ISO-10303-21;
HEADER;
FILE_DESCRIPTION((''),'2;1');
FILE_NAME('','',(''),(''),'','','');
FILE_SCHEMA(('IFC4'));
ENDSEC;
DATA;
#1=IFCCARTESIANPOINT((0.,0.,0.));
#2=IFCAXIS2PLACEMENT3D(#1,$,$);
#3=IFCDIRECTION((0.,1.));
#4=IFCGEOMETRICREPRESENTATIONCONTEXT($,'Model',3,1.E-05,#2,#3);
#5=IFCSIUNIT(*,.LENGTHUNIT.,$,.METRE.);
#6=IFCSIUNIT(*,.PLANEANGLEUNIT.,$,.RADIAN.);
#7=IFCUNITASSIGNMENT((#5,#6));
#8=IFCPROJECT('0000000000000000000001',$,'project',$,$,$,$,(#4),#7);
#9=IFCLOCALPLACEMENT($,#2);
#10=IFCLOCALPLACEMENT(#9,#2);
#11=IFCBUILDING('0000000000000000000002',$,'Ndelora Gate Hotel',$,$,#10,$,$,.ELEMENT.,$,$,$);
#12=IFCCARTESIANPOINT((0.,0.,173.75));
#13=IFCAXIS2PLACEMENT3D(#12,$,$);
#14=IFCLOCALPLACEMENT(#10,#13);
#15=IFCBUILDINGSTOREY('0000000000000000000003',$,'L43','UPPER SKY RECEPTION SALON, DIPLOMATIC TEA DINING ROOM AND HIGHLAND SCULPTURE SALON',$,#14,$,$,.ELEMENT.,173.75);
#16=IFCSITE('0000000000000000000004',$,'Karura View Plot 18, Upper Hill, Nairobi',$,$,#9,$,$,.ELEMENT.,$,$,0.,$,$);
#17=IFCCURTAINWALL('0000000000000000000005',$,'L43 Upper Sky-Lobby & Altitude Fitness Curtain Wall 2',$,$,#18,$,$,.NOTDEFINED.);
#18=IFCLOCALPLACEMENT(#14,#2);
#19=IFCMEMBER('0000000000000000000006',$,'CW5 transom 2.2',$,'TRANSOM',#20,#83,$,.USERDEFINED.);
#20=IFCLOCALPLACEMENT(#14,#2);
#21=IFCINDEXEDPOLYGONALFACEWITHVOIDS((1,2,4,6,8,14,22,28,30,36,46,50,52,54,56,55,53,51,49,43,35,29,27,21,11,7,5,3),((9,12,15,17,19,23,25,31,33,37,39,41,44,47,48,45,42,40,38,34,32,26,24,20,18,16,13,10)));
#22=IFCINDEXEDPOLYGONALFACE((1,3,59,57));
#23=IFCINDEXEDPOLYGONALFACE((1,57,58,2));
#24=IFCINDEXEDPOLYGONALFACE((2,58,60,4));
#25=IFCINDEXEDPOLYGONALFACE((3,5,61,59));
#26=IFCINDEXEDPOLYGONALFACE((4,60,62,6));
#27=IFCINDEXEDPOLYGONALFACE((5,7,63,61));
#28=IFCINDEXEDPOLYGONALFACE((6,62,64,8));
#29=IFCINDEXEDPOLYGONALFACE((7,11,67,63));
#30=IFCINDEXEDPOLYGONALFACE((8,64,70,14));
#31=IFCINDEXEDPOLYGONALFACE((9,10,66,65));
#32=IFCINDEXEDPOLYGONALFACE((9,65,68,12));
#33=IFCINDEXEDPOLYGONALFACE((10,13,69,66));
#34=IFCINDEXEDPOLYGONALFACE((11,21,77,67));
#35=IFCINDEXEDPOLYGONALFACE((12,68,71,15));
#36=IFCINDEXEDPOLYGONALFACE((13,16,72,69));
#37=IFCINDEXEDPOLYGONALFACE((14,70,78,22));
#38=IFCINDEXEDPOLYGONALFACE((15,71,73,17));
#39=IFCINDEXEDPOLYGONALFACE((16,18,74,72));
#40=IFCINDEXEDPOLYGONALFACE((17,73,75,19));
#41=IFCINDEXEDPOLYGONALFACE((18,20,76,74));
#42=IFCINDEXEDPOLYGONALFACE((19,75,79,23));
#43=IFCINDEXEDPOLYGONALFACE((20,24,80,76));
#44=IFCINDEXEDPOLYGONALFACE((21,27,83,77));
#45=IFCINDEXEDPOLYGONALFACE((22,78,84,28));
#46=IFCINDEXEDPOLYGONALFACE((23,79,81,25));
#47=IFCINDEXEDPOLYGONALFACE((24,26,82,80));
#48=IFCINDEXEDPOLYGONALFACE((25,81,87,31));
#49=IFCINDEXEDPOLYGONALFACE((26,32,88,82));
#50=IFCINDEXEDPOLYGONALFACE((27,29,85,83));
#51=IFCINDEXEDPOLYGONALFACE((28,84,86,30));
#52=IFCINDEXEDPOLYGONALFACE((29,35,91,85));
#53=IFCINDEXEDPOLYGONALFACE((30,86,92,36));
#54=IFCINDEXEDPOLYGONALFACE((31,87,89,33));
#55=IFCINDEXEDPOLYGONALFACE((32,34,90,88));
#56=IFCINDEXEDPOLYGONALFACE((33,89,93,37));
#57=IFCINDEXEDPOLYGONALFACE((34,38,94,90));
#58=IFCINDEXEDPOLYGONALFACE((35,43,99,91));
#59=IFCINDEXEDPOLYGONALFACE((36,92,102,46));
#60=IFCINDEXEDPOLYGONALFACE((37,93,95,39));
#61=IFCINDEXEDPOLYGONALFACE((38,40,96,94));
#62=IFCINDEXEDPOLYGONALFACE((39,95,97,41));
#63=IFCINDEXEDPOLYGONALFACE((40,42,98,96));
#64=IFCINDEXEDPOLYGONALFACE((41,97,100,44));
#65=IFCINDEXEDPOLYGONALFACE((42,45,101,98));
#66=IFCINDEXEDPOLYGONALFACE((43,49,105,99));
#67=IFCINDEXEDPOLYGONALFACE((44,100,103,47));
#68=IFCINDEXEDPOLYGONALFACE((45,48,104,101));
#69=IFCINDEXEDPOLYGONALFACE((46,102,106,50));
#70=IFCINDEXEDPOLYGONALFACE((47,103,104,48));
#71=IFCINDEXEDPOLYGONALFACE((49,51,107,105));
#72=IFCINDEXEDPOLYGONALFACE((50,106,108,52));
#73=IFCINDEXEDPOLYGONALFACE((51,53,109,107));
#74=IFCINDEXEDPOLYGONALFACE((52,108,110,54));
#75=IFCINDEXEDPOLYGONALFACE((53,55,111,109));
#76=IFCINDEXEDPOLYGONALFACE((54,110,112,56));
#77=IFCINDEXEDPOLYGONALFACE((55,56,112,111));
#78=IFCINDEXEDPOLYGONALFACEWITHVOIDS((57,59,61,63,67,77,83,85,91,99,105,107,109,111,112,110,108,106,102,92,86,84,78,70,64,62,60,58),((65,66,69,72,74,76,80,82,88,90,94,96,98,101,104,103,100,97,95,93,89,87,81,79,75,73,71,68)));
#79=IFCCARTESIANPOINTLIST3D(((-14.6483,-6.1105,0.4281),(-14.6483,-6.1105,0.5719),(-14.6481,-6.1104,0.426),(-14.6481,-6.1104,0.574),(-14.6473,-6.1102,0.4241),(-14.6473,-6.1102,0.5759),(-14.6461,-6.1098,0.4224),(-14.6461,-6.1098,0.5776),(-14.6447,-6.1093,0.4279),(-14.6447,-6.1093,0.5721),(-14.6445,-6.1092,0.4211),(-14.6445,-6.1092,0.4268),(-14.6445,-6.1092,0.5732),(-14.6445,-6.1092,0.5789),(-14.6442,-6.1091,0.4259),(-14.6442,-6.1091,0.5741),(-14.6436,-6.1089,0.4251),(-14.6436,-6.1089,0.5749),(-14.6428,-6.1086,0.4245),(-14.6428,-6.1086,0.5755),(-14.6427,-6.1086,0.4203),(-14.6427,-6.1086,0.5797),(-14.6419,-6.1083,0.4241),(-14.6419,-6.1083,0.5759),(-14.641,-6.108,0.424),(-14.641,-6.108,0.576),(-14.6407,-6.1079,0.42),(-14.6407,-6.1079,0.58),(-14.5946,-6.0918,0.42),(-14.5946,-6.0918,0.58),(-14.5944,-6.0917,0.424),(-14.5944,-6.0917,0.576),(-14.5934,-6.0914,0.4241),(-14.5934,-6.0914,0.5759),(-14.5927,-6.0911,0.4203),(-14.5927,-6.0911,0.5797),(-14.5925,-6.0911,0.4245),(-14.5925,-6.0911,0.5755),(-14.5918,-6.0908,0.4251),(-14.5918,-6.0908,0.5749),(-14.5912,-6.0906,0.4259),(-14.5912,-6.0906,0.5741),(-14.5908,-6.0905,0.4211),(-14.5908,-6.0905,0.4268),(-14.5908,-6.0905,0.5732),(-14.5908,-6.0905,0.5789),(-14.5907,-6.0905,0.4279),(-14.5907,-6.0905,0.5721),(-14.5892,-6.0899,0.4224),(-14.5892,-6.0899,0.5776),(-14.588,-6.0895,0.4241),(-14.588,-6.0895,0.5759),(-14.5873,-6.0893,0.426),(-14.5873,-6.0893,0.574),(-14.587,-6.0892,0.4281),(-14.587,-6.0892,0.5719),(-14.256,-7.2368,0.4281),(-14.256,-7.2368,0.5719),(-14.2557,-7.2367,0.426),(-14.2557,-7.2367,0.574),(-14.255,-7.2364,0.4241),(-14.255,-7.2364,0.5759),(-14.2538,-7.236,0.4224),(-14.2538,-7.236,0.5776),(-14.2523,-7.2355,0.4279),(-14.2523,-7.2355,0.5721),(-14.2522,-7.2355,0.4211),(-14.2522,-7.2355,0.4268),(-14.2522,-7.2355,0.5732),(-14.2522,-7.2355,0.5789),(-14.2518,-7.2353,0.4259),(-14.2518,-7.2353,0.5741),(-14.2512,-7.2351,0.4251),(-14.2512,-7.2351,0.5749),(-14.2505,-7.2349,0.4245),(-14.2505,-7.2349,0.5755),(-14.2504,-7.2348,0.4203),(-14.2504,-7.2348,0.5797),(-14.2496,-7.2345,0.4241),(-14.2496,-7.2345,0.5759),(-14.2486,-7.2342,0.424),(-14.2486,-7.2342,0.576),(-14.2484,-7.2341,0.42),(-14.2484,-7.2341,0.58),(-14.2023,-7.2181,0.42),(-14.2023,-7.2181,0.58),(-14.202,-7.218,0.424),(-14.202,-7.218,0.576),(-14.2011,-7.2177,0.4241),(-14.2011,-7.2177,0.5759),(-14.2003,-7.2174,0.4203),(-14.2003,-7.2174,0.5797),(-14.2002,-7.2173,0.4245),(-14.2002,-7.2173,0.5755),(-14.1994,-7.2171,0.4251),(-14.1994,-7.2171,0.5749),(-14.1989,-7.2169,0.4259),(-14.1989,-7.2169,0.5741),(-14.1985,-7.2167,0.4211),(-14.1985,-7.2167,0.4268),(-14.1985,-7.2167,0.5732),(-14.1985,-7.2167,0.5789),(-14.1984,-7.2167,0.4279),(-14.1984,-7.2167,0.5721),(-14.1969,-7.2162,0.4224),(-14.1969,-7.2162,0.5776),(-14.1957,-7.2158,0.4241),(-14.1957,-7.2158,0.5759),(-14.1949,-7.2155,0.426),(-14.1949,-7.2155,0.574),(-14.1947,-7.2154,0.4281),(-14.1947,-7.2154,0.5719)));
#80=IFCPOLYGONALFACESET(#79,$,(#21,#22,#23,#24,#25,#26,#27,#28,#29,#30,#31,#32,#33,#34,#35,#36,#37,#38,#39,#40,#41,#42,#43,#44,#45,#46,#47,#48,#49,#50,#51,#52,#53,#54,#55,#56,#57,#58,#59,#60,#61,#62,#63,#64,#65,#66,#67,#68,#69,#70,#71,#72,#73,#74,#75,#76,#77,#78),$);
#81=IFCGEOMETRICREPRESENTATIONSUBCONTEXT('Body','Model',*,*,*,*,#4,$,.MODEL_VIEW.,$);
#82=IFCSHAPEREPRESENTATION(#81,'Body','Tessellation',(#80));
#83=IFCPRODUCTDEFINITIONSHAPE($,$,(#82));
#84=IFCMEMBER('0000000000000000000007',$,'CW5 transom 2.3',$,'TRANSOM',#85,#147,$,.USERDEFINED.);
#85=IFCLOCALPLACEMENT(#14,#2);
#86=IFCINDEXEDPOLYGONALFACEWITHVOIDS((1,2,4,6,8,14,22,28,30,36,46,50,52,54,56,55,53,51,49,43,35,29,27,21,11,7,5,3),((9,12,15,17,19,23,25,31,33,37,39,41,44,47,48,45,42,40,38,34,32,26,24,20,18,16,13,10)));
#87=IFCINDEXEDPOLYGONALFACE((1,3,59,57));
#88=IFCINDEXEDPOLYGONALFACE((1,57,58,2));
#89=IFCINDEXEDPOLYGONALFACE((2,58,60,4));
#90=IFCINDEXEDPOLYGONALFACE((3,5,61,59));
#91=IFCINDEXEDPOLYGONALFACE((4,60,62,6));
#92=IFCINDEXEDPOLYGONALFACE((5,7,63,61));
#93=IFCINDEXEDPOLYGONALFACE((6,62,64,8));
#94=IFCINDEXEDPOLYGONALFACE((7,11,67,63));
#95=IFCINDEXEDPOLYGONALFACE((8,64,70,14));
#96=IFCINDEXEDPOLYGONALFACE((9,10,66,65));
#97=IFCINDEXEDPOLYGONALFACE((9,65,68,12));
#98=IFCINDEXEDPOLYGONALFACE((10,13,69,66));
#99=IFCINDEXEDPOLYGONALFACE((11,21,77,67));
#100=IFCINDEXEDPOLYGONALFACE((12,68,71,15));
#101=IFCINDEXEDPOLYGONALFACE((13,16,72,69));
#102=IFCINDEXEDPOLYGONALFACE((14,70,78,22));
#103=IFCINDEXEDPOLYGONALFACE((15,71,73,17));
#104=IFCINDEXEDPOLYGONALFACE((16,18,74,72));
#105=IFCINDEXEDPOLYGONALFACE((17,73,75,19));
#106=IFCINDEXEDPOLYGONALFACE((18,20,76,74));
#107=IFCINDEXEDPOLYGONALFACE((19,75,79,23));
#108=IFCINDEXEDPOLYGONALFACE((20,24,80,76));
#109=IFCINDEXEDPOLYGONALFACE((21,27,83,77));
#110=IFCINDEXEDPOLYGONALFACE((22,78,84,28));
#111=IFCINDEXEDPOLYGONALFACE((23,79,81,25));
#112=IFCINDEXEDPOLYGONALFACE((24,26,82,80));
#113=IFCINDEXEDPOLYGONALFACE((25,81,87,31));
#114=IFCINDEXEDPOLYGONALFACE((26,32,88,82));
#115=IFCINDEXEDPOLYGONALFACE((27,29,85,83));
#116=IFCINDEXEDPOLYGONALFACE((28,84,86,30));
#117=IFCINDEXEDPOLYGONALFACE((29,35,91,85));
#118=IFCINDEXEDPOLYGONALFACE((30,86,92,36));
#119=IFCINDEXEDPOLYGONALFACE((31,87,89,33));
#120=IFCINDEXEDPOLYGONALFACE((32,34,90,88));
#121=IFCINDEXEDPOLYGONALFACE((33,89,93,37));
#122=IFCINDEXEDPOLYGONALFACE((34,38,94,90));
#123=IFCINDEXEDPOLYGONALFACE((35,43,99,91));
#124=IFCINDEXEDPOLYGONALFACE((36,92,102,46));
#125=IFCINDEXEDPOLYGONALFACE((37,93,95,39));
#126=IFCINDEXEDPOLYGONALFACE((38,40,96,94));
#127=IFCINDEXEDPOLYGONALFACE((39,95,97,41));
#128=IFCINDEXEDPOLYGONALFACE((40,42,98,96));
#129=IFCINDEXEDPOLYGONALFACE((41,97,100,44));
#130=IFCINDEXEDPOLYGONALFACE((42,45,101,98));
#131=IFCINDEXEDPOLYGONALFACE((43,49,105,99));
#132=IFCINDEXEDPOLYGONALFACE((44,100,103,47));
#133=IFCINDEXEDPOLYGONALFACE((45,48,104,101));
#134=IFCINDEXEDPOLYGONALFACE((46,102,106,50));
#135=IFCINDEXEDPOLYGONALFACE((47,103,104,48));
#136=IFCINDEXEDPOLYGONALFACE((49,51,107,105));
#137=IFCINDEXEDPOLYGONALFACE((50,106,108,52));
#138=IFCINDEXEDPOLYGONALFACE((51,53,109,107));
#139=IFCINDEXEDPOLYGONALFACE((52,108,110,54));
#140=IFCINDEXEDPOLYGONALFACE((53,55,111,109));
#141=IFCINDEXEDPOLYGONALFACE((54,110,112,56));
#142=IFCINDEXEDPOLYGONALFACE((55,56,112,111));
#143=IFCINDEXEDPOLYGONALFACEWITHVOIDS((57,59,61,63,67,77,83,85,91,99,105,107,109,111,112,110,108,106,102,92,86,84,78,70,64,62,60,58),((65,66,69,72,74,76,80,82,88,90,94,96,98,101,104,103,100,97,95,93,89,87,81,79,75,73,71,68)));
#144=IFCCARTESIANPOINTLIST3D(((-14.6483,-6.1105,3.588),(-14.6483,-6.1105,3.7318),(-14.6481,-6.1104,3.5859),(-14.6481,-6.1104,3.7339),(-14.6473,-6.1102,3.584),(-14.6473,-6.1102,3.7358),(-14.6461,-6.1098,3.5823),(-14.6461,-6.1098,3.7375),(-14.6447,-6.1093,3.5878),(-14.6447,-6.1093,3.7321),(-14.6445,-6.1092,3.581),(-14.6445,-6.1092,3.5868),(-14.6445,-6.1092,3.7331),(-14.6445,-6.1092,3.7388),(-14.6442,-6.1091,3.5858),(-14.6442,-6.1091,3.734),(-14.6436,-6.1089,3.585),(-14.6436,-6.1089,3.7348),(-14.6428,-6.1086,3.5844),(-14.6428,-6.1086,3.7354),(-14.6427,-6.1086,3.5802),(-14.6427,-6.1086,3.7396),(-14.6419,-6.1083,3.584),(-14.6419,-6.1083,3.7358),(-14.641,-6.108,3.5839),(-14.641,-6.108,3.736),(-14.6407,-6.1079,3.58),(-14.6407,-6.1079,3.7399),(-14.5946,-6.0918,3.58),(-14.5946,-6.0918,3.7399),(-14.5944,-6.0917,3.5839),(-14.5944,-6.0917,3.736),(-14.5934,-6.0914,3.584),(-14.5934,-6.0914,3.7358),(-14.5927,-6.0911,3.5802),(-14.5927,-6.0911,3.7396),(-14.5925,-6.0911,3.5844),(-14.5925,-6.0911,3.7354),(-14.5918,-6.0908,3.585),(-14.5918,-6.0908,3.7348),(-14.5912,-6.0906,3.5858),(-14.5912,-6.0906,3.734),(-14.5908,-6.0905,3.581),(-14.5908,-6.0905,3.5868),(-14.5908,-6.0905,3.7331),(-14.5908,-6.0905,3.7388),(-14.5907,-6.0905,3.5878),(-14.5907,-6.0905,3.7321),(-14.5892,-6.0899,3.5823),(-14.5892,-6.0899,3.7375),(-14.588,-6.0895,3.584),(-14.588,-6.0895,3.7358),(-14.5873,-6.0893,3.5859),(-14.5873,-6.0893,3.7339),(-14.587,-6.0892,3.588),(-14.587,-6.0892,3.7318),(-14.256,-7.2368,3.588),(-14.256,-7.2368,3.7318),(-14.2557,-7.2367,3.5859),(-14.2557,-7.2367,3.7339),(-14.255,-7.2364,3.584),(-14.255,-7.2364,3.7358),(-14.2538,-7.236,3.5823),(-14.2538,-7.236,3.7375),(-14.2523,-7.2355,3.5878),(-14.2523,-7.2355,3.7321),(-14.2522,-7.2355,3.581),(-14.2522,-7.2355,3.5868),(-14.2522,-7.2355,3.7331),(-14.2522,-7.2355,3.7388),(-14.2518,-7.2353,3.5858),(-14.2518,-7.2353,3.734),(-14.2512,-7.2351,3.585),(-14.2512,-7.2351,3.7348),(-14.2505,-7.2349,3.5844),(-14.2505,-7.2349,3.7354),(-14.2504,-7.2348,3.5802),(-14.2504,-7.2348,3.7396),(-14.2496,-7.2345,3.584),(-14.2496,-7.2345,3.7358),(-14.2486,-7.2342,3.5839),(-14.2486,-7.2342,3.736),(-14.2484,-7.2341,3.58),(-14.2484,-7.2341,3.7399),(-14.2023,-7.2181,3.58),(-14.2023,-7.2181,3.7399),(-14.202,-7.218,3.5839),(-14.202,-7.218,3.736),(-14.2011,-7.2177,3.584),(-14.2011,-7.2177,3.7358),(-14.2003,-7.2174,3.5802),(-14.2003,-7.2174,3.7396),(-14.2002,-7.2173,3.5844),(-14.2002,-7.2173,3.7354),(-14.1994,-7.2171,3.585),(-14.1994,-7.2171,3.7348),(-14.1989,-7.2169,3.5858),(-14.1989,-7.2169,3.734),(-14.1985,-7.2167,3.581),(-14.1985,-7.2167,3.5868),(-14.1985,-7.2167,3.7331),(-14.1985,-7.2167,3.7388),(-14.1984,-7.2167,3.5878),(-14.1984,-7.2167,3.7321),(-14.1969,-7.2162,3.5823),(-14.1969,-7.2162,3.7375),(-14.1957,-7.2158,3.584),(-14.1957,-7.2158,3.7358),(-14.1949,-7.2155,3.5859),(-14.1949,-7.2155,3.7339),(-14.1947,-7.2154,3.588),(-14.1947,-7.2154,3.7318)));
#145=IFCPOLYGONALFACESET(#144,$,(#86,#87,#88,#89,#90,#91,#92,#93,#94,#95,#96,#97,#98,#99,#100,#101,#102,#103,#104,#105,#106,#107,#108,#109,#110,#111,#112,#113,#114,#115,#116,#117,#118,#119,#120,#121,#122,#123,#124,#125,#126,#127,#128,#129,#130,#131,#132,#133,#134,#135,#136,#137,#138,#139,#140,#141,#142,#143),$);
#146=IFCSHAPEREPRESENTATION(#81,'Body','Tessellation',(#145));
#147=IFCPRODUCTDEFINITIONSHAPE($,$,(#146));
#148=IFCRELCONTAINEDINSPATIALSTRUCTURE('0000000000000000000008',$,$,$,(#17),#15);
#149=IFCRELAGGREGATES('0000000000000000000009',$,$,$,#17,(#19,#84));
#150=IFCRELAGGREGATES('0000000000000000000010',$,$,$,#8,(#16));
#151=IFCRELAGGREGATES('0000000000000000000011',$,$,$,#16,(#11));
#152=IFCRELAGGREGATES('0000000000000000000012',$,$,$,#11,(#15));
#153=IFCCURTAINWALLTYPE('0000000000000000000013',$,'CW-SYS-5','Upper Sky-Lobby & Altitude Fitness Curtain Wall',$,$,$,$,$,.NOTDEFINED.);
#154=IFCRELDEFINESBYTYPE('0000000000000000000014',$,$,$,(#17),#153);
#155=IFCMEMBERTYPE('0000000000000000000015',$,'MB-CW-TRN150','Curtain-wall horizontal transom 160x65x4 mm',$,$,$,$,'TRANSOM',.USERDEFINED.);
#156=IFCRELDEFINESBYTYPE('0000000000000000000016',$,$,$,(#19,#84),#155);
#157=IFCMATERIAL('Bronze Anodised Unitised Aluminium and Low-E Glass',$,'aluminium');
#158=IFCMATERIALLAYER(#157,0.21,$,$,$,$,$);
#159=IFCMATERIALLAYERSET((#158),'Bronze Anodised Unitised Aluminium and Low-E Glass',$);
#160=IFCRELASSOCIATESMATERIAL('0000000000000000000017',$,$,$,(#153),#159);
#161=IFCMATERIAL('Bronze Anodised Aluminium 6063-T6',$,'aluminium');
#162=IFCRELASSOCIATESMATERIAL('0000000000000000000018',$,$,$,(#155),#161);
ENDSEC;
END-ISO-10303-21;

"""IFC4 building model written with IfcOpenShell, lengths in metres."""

from ifc_helpers import new_model, si_unit, direction, frame, origin, origin_2d, place, context, subcontext, project, spatial, hollow_rectangle, extrude, material, layer, layer_set, material_profile, profile_set, type_object, element, aggregate, save


model = new_model("IFC4")

# Units and contexts
model_context = context("Model", 3, precision=1e-05, world=origin(), true_north=direction((0.0, 1.0)))
body_context = subcontext(model_context, "Body", "Model", "MODEL_VIEW")
ifc_project = project(units=[si_unit("LENGTHUNIT", "METRE"), si_unit("PLANEANGLEUNIT", "RADIAN")], contexts=[model_context])

# Site, building, storey
site_placement = place(None, origin())
site = spatial("IfcSite", under=ifc_project, at=site_placement, Name="Karura View Plot 18, Upper Hill, Nairobi", CompositionType="ELEMENT", RefElevation=0.0)
building_placement = place(site_placement, origin())
building = spatial("IfcBuilding", under=site, at=building_placement, Name="Ndelora Gate Hotel", CompositionType="ELEMENT")
storey_placement = place(building_placement, frame((0.0, 0.0, 173.75)))
storey = spatial("IfcBuildingStorey", under=building, at=storey_placement, Name="L43", Description="UPPER SKY RECEPTION SALON, DIPLOMATIC TEA DINING ROOM AND HIGHLAND SCULPTURE SALON", CompositionType="ELEMENT", Elevation=173.75)

# Curtain wall, members
ifc_material_1 = material(Name="Bronze Anodised Unitised Aluminium and Low-E Glass", Category="aluminium")
ifc_layer_1 = layer(ifc_material_1, 0.21)
ifc_layer_set_1 = layer_set([ifc_layer_1], Name="Bronze Anodised Unitised Aluminium and Low-E Glass")
curtain_wall_type = type_object("IfcCurtainWallType", Name="CW-SYS-5", Description="Upper Sky-Lobby & Altitude Fitness Curtain Wall", PredefinedType="NOTDEFINED", material=ifc_layer_set_1)
curtain_wall_placement = place(storey_placement, origin())
curtain_wall = element("IfcCurtainWall", 1, at=curtain_wall_placement, inside=storey, type_object=curtain_wall_type, Name="L43 Upper Sky-Lobby & Altitude Fitness Curtain Wall 2", PredefinedType="NOTDEFINED")
ifc_material_2 = material(Name="Bronze Anodised Aluminium 6063-T6", Category="aluminium")
ifc_material_profile_1 = material_profile(ifc_material_2, hollow_rectangle(XDim=0.0649, YDim=0.1599, WallThickness=0.0039, InnerFilletRadius=0.0039, OuterFilletRadius=0.0081, at=origin_2d()), Name="ALU 160x65x4")
ifc_profile_set_1 = profile_set([ifc_material_profile_1], Name="Bronze Anodised Aluminium 6063-T6")
member_type_1 = type_object("IfcMemberType", Name="MB-CW-TRN150", Description="Curtain-wall horizontal transom 160x65x4 mm", ElementType="TRANSOM", PredefinedType="USERDEFINED", material=ifc_profile_set_1)
member_1_placement = place(storey_placement, frame((-14.6177, -6.0999, 0.5), z_axis=(0.328973, -0.944339, 0.0), x_axis=(0.944339, 0.328973, 0.0)))
member_1 = element("IfcMember", 2, at=member_1_placement, type_object=member_type_1, Name="CW5 transom 2.2", ObjectType="TRANSOM", PredefinedType="USERDEFINED", context=body_context, shape_type="SweptSolid", body=[
    extrude(hollow_rectangle(XDim=0.0649, YDim=0.1599, WallThickness=0.0039, InnerFilletRadius=0.0039, OuterFilletRadius=0.0081, at=origin_2d()), origin(), (0.0, 0.0, 1.0), 1.1926),
])
member_2_placement = place(storey_placement, frame((-14.6177, -6.0999, 3.6599), z_axis=(0.328973, -0.944339, 0.0), x_axis=(0.944339, 0.328973, 0.0)))
member_2 = element("IfcMember", 3, at=member_2_placement, type_object=member_type_1, Name="CW5 transom 2.3", ObjectType="TRANSOM", PredefinedType="USERDEFINED", context=body_context, shape_type="SweptSolid", body=[
    extrude(hollow_rectangle(XDim=0.0649, YDim=0.1599, WallThickness=0.0039, InnerFilletRadius=0.0039, OuterFilletRadius=0.0081, at=origin_2d()), origin(), (0.0, 0.0, 1.0), 1.1926),
])
aggregate(curtain_wall, [member_1, member_2])

save(model, "model.ifc")
